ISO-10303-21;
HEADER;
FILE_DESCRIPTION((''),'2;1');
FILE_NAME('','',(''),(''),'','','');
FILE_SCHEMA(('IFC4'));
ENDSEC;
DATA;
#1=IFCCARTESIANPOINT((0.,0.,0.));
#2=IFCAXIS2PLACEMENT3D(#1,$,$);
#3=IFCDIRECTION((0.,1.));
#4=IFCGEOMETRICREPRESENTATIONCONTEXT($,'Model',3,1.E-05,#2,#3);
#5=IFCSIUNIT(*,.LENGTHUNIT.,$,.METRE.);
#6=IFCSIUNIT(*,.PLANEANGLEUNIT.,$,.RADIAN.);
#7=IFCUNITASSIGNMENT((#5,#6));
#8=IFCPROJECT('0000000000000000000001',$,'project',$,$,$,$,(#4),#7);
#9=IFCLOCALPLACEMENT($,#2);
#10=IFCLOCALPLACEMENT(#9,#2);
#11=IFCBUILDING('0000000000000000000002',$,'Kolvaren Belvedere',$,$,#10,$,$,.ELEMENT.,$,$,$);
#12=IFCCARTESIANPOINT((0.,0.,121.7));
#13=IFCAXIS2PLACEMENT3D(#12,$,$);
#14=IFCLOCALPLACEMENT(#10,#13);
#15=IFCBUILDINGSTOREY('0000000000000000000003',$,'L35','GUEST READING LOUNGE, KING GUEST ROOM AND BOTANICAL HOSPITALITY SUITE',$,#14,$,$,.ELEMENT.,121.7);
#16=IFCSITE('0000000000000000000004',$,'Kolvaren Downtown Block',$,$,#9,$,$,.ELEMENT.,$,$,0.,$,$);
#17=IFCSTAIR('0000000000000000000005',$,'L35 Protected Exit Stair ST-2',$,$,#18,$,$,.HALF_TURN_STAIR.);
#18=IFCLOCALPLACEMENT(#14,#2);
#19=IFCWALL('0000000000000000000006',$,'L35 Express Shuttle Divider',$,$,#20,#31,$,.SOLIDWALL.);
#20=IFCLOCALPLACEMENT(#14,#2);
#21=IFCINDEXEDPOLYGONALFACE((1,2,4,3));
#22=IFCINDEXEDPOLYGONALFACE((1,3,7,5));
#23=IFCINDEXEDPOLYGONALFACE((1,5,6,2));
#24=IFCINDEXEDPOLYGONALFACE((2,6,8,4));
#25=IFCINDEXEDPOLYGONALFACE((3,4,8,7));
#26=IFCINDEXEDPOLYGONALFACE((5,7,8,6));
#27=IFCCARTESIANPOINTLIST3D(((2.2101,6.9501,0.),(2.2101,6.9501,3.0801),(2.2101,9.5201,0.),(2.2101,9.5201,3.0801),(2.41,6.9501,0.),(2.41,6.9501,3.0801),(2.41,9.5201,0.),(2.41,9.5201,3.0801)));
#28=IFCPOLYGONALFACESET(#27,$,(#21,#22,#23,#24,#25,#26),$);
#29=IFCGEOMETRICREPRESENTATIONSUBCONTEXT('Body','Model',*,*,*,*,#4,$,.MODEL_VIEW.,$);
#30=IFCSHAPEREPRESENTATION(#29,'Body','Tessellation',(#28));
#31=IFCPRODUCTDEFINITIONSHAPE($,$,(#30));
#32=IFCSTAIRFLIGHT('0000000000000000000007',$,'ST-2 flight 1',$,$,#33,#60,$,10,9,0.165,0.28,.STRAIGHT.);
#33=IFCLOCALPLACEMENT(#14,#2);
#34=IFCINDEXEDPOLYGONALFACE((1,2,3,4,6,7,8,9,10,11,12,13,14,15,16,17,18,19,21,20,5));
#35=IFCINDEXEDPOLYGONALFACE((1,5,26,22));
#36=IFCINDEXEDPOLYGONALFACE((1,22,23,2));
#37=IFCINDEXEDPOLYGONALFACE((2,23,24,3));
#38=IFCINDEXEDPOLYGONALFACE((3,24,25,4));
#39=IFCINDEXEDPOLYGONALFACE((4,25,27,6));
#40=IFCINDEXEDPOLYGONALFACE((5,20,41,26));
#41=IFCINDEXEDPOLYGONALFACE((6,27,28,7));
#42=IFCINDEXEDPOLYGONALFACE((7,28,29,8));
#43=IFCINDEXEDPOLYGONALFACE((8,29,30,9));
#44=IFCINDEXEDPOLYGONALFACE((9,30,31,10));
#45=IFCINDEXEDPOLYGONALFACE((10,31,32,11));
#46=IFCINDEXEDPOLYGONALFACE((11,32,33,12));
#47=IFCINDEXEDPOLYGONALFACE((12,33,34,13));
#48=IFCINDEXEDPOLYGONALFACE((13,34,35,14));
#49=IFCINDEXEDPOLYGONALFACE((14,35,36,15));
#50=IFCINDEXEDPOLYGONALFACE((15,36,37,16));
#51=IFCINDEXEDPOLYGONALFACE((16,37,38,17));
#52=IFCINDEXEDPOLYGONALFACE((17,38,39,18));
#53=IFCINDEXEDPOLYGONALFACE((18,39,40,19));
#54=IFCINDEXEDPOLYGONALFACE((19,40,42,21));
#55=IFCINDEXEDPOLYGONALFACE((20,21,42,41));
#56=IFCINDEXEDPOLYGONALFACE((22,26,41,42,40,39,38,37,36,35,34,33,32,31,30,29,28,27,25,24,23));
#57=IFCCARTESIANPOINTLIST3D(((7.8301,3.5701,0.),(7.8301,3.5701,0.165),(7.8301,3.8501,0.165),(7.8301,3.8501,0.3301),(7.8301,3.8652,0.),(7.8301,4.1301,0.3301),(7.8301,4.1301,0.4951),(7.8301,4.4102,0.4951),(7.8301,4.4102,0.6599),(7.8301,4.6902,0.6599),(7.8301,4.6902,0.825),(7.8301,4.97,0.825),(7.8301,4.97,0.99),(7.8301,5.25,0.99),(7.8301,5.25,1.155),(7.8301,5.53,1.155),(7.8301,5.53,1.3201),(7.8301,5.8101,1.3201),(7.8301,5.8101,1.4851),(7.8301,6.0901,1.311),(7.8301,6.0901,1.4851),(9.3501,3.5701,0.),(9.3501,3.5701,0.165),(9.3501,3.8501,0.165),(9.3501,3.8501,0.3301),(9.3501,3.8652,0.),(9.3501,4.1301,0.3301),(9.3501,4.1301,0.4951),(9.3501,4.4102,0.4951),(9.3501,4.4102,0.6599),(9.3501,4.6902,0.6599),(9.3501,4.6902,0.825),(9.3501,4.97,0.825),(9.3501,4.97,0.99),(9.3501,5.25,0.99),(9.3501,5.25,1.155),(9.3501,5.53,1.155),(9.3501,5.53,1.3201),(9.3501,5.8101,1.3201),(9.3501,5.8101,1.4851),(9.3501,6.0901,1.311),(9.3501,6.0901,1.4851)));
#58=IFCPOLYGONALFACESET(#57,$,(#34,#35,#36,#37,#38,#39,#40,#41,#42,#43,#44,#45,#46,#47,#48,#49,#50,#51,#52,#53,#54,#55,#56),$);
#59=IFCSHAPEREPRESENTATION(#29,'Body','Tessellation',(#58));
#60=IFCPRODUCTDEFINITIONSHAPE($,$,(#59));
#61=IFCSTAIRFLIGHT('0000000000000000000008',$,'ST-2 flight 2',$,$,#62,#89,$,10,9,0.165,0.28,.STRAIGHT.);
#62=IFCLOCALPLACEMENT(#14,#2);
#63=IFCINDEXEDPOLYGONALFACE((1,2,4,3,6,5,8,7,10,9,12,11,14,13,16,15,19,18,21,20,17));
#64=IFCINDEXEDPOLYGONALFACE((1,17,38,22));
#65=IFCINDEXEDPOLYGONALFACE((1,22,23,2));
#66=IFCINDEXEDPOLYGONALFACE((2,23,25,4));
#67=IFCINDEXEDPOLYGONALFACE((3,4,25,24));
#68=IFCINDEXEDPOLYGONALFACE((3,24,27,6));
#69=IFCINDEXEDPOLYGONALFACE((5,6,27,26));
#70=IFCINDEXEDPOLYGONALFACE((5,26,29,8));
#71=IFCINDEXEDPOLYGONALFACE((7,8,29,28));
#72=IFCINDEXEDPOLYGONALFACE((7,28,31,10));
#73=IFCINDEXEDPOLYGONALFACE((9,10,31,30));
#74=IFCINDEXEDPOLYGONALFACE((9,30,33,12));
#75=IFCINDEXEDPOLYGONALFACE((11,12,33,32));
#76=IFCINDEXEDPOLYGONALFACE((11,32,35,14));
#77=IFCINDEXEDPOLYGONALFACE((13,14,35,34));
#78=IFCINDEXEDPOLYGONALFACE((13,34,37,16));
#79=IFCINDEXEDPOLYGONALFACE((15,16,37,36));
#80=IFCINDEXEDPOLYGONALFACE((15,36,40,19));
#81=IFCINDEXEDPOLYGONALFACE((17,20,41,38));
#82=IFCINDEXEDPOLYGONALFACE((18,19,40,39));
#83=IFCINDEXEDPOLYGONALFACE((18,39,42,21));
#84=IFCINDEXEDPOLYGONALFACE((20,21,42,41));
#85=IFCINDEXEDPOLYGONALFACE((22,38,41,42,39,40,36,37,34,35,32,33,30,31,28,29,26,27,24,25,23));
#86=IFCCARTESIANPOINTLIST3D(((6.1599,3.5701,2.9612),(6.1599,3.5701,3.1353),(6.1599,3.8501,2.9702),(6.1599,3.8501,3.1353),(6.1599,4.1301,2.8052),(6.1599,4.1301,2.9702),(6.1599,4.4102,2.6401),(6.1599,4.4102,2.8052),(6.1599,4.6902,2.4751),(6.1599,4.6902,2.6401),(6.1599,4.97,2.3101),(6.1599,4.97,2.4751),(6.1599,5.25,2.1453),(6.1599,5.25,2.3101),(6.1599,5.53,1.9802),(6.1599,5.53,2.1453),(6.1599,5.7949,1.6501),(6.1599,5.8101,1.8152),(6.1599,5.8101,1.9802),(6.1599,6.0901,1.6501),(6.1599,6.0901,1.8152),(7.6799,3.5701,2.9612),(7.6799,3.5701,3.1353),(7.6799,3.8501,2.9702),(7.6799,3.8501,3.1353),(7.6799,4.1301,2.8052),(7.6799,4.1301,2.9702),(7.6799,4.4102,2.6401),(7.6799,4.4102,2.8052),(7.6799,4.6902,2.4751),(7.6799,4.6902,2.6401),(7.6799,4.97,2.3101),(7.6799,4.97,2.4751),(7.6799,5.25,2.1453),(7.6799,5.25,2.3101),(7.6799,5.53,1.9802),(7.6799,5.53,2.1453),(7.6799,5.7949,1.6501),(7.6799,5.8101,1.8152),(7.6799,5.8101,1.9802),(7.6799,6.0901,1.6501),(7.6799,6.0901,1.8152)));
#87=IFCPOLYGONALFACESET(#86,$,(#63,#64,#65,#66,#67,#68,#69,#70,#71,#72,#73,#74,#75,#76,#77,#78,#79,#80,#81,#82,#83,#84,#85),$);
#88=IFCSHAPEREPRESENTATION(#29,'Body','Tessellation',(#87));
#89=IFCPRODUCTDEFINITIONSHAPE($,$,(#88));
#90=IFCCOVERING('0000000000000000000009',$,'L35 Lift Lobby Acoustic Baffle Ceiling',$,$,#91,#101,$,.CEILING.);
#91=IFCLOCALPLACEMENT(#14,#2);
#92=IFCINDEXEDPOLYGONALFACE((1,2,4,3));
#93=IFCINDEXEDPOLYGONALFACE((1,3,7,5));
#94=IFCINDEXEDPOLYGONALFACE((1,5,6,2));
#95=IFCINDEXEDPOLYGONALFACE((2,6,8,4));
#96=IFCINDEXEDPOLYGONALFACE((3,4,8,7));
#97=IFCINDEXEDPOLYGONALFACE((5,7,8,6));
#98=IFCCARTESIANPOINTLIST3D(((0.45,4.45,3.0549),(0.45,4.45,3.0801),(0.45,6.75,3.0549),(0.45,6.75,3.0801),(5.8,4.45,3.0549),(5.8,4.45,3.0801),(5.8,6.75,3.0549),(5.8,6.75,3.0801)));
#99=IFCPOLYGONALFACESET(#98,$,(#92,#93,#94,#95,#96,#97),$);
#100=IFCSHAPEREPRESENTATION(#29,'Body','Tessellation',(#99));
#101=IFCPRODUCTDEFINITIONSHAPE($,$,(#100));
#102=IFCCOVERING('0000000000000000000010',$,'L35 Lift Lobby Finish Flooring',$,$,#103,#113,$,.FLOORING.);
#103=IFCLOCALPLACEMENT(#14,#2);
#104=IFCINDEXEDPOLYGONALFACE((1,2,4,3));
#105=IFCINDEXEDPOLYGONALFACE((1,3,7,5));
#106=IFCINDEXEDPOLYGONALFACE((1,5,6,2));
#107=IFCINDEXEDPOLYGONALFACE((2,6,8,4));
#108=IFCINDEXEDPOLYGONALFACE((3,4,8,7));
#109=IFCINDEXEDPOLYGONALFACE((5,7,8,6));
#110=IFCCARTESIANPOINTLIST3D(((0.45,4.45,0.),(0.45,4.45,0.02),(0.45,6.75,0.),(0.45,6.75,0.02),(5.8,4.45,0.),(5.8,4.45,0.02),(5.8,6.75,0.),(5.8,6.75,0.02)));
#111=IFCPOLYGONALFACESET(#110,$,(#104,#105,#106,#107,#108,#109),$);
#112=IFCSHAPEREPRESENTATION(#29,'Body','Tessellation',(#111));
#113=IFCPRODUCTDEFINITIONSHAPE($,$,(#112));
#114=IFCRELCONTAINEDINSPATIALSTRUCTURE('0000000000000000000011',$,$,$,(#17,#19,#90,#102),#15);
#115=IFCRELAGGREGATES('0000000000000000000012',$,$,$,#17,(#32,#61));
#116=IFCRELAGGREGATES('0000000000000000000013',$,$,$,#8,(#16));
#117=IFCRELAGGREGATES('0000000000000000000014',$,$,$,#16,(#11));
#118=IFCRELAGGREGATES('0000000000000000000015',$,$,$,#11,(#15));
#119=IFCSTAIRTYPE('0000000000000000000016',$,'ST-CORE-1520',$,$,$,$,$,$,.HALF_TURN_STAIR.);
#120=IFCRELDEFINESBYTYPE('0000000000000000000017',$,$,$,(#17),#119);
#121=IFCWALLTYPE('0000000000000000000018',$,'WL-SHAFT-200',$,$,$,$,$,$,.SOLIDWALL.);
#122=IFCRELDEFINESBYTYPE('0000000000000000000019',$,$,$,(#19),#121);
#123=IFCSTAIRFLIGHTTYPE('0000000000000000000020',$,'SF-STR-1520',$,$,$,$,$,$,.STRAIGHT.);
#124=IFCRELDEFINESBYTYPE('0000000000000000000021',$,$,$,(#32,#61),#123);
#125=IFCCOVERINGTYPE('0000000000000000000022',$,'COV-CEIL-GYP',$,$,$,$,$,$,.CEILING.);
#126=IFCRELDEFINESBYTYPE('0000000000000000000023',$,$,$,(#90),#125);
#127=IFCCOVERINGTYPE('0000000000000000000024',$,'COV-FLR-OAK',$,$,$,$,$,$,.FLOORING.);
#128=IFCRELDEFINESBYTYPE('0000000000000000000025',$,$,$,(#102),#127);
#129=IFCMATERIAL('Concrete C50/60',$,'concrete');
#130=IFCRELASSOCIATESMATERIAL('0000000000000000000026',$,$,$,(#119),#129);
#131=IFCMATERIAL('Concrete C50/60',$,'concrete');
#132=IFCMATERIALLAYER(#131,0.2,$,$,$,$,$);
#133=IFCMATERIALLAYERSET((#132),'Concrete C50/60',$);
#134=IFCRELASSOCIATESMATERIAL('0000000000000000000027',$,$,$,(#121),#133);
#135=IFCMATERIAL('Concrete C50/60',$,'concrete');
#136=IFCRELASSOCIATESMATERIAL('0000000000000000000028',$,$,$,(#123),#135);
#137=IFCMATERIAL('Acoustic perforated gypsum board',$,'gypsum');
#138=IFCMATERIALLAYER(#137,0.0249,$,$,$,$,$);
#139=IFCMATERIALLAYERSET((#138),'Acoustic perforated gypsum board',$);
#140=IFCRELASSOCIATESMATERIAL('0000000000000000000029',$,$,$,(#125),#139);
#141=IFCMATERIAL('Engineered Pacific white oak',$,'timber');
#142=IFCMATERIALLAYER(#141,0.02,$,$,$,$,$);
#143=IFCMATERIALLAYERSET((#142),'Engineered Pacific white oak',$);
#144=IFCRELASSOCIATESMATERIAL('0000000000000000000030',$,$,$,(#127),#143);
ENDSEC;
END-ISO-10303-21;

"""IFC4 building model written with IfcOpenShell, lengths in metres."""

from ifc_helpers import new_model, si_unit, direction, frame, frame_2d, origin, place, context, subcontext, project, spatial, polyline, rectangle, outline, extrude, material, layer, layer_set, type_object, element, aggregate, save


model = new_model("IFC4")

# Units and contexts
model_context = context("Model", 3, precision=1e-05, world=origin(), true_north=direction((0.0, 1.0)))
body_context = subcontext(model_context, "Body", "Model", "MODEL_VIEW")
ifc_project = project(units=[si_unit("LENGTHUNIT", "METRE"), si_unit("PLANEANGLEUNIT", "RADIAN")], contexts=[model_context])

# Site, building, storey
site_placement = place(None, origin())
site = spatial("IfcSite", under=ifc_project, at=site_placement, Name="Kolvaren Downtown Block", CompositionType="ELEMENT", RefElevation=0.0)
building_placement = place(site_placement, origin())
building = spatial("IfcBuilding", under=site, at=building_placement, Name="Kolvaren Belvedere", CompositionType="ELEMENT")
storey_placement = place(building_placement, frame((0.0, 0.0, 121.7)))
storey = spatial("IfcBuildingStorey", under=building, at=storey_placement, Name="L35", Description="GUEST READING LOUNGE, KING GUEST ROOM AND BOTANICAL HOSPITALITY SUITE", CompositionType="ELEMENT", Elevation=121.7)

# Stair
ifc_material_1 = material(Name="Concrete C50/60", Category="concrete")
stair_type = type_object("IfcStairType", Name="ST-CORE-1520", PredefinedType="HALF_TURN_STAIR", material=ifc_material_1)
stair_1_placement = place(storey_placement, origin())
stair_1 = element("IfcStair", 1, at=stair_1_placement, inside=storey, type_object=stair_type, Name="L35 Protected Exit Stair ST-2", PredefinedType="HALF_TURN_STAIR")

# Shared definitions
ifc_material_2 = material(Name="Concrete C50/60", Category="concrete")
ifc_layer_1 = layer(ifc_material_2, 0.2)
ifc_layer_set_1 = layer_set([ifc_layer_1], Name="Concrete C50/60")
wall_type_1 = type_object("IfcWallType", Name="WL-SHAFT-200", PredefinedType="SOLIDWALL", material=ifc_layer_set_1)

# Wall
wall_1_placement = place(storey_placement, frame((2.3101, 6.95, 0.0), z_axis=(0.0, 0.0, 1.0), x_axis=(0.0, 1.0, 0.0)))
element("IfcWall", 2, at=wall_1_placement, inside=storey, type_object=wall_type_1, Name="L35 Express Shuttle Divider", PredefinedType="SOLIDWALL", context=body_context, shape_type="SweptSolid", body=[
    extrude(rectangle(XDim=2.5701, YDim=0.2, at=frame_2d((1.2852, 0.0))), origin(), (0.0, 0.0, 1.0), 3.0801),
])

# Stair flights
ifc_material_3 = material(Name="Concrete C50/60", Category="concrete")
stair_flight_type = type_object("IfcStairFlightType", Name="SF-STR-1520", PredefinedType="STRAIGHT", material=ifc_material_3)
stair_flight_1_placement = place(storey_placement, frame((8.5901, 3.5701, 0.0), z_axis=(0.0, 0.0, 1.0), x_axis=(0.0, 1.0, 0.0)))
stair_flight_1 = element("IfcStairFlight", 3, at=stair_flight_1_placement, type_object=stair_flight_type, Name="ST-2 flight 1", NumberOfRisers=10, NumberOfTreads=9, PredefinedType="STRAIGHT", RiserHeight=0.165, TreadLength=0.28, context=body_context, shape_type="SweptSolid", body=[
    extrude(outline(polyline([(0.0, 0.0), (0.0, 0.165), (0.28, 0.165), (0.28, 0.3301), (0.5601, 0.3301), (0.5601, 0.4951), (0.8401, 0.4951), (0.8401, 0.6599), (1.1201, 0.6599), (1.1201, 0.825), (1.3999, 0.825), (1.3999, 0.99), (1.6799, 0.99), (1.6799, 1.155), (1.96, 1.155), (1.96, 1.3201), (2.24, 1.3201), (2.24, 1.4851), (2.52, 1.4851), (2.52, 1.6499), (2.52, 1.311), (0.2952, 0.0), (0.0, 0.0)])), frame((0.0, 0.76, 0.0), z_axis=(0.0, -1.0, 0.0), x_axis=(1.0, 0.0, 0.0)), (0.0, 0.0, 1.0), 1.52),
])
stair_flight_2_placement = place(storey_placement, frame((6.9199, 6.0901, 1.6501), z_axis=(0.0, 0.0, 1.0), x_axis=(0.0, -1.0, 0.0)))
stair_flight_2 = element("IfcStairFlight", 4, at=stair_flight_2_placement, type_object=stair_flight_type, Name="ST-2 flight 2", NumberOfRisers=10, NumberOfTreads=9, PredefinedType="STRAIGHT", RiserHeight=0.165, TreadLength=0.28, context=body_context, shape_type="SweptSolid", body=[
    extrude(outline(polyline([(0.0, 0.0), (0.0, 0.165), (0.28, 0.165), (0.28, 0.3301), (0.5601, 0.3301), (0.5601, 0.4951), (0.8401, 0.4951), (0.8401, 0.6599), (1.1201, 0.6599), (1.1201, 0.825), (1.3999, 0.825), (1.3999, 0.99), (1.6799, 0.99), (1.6799, 1.155), (1.96, 1.155), (1.96, 1.3201), (2.24, 1.3201), (2.24, 1.4851), (2.52, 1.4851), (2.52, 1.6499), (2.52, 1.311), (0.2952, 0.0), (0.0, 0.0)])), frame((0.0, 0.76, 0.0), z_axis=(0.0, -1.0, 0.0), x_axis=(1.0, 0.0, 0.0)), (0.0, 0.0, 1.0), 1.52),
])
aggregate(stair_1, [stair_flight_1, stair_flight_2])

# Coverings
ifc_material_4 = material(Name="Acoustic perforated gypsum board", Category="gypsum")
ifc_layer_2 = layer(ifc_material_4, 0.0249)
ifc_layer_set_2 = layer_set([ifc_layer_2], Name="Acoustic perforated gypsum board")
covering_type_1 = type_object("IfcCoveringType", Name="COV-CEIL-GYP", PredefinedType="CEILING", material=ifc_layer_set_2)
covering_1_placement = place(storey_placement, frame((0.0, 0.0, 3.0549)))
element("IfcCovering", 5, at=covering_1_placement, inside=storey, type_object=covering_type_1, Name="L35 Lift Lobby Acoustic Baffle Ceiling", PredefinedType="CEILING", context=body_context, shape_type="SweptSolid", body=[
    extrude(outline(polyline([(0.45, 4.45), (5.8, 4.45), (5.8, 6.75), (0.45, 6.75), (0.45, 4.45)])), origin(), (0.0, 0.0, 1.0), 0.0251),
])
ifc_material_5 = material(Name="Engineered Pacific white oak", Category="timber")
ifc_layer_3 = layer(ifc_material_5, 0.02)
ifc_layer_set_3 = layer_set([ifc_layer_3], Name="Engineered Pacific white oak")
covering_type_2 = type_object("IfcCoveringType", Name="COV-FLR-OAK", PredefinedType="FLOORING", material=ifc_layer_set_3)
covering_2_placement = place(storey_placement, origin())
element("IfcCovering", 6, at=covering_2_placement, inside=storey, type_object=covering_type_2, Name="L35 Lift Lobby Finish Flooring", PredefinedType="FLOORING", context=body_context, shape_type="SweptSolid", body=[
    extrude(outline(polyline([(0.45, 4.45), (5.8, 4.45), (5.8, 6.75), (0.45, 6.75), (0.45, 4.45)])), origin(), (0.0, 0.0, 1.0), 0.02),
])

save(model, "model.ifc")
